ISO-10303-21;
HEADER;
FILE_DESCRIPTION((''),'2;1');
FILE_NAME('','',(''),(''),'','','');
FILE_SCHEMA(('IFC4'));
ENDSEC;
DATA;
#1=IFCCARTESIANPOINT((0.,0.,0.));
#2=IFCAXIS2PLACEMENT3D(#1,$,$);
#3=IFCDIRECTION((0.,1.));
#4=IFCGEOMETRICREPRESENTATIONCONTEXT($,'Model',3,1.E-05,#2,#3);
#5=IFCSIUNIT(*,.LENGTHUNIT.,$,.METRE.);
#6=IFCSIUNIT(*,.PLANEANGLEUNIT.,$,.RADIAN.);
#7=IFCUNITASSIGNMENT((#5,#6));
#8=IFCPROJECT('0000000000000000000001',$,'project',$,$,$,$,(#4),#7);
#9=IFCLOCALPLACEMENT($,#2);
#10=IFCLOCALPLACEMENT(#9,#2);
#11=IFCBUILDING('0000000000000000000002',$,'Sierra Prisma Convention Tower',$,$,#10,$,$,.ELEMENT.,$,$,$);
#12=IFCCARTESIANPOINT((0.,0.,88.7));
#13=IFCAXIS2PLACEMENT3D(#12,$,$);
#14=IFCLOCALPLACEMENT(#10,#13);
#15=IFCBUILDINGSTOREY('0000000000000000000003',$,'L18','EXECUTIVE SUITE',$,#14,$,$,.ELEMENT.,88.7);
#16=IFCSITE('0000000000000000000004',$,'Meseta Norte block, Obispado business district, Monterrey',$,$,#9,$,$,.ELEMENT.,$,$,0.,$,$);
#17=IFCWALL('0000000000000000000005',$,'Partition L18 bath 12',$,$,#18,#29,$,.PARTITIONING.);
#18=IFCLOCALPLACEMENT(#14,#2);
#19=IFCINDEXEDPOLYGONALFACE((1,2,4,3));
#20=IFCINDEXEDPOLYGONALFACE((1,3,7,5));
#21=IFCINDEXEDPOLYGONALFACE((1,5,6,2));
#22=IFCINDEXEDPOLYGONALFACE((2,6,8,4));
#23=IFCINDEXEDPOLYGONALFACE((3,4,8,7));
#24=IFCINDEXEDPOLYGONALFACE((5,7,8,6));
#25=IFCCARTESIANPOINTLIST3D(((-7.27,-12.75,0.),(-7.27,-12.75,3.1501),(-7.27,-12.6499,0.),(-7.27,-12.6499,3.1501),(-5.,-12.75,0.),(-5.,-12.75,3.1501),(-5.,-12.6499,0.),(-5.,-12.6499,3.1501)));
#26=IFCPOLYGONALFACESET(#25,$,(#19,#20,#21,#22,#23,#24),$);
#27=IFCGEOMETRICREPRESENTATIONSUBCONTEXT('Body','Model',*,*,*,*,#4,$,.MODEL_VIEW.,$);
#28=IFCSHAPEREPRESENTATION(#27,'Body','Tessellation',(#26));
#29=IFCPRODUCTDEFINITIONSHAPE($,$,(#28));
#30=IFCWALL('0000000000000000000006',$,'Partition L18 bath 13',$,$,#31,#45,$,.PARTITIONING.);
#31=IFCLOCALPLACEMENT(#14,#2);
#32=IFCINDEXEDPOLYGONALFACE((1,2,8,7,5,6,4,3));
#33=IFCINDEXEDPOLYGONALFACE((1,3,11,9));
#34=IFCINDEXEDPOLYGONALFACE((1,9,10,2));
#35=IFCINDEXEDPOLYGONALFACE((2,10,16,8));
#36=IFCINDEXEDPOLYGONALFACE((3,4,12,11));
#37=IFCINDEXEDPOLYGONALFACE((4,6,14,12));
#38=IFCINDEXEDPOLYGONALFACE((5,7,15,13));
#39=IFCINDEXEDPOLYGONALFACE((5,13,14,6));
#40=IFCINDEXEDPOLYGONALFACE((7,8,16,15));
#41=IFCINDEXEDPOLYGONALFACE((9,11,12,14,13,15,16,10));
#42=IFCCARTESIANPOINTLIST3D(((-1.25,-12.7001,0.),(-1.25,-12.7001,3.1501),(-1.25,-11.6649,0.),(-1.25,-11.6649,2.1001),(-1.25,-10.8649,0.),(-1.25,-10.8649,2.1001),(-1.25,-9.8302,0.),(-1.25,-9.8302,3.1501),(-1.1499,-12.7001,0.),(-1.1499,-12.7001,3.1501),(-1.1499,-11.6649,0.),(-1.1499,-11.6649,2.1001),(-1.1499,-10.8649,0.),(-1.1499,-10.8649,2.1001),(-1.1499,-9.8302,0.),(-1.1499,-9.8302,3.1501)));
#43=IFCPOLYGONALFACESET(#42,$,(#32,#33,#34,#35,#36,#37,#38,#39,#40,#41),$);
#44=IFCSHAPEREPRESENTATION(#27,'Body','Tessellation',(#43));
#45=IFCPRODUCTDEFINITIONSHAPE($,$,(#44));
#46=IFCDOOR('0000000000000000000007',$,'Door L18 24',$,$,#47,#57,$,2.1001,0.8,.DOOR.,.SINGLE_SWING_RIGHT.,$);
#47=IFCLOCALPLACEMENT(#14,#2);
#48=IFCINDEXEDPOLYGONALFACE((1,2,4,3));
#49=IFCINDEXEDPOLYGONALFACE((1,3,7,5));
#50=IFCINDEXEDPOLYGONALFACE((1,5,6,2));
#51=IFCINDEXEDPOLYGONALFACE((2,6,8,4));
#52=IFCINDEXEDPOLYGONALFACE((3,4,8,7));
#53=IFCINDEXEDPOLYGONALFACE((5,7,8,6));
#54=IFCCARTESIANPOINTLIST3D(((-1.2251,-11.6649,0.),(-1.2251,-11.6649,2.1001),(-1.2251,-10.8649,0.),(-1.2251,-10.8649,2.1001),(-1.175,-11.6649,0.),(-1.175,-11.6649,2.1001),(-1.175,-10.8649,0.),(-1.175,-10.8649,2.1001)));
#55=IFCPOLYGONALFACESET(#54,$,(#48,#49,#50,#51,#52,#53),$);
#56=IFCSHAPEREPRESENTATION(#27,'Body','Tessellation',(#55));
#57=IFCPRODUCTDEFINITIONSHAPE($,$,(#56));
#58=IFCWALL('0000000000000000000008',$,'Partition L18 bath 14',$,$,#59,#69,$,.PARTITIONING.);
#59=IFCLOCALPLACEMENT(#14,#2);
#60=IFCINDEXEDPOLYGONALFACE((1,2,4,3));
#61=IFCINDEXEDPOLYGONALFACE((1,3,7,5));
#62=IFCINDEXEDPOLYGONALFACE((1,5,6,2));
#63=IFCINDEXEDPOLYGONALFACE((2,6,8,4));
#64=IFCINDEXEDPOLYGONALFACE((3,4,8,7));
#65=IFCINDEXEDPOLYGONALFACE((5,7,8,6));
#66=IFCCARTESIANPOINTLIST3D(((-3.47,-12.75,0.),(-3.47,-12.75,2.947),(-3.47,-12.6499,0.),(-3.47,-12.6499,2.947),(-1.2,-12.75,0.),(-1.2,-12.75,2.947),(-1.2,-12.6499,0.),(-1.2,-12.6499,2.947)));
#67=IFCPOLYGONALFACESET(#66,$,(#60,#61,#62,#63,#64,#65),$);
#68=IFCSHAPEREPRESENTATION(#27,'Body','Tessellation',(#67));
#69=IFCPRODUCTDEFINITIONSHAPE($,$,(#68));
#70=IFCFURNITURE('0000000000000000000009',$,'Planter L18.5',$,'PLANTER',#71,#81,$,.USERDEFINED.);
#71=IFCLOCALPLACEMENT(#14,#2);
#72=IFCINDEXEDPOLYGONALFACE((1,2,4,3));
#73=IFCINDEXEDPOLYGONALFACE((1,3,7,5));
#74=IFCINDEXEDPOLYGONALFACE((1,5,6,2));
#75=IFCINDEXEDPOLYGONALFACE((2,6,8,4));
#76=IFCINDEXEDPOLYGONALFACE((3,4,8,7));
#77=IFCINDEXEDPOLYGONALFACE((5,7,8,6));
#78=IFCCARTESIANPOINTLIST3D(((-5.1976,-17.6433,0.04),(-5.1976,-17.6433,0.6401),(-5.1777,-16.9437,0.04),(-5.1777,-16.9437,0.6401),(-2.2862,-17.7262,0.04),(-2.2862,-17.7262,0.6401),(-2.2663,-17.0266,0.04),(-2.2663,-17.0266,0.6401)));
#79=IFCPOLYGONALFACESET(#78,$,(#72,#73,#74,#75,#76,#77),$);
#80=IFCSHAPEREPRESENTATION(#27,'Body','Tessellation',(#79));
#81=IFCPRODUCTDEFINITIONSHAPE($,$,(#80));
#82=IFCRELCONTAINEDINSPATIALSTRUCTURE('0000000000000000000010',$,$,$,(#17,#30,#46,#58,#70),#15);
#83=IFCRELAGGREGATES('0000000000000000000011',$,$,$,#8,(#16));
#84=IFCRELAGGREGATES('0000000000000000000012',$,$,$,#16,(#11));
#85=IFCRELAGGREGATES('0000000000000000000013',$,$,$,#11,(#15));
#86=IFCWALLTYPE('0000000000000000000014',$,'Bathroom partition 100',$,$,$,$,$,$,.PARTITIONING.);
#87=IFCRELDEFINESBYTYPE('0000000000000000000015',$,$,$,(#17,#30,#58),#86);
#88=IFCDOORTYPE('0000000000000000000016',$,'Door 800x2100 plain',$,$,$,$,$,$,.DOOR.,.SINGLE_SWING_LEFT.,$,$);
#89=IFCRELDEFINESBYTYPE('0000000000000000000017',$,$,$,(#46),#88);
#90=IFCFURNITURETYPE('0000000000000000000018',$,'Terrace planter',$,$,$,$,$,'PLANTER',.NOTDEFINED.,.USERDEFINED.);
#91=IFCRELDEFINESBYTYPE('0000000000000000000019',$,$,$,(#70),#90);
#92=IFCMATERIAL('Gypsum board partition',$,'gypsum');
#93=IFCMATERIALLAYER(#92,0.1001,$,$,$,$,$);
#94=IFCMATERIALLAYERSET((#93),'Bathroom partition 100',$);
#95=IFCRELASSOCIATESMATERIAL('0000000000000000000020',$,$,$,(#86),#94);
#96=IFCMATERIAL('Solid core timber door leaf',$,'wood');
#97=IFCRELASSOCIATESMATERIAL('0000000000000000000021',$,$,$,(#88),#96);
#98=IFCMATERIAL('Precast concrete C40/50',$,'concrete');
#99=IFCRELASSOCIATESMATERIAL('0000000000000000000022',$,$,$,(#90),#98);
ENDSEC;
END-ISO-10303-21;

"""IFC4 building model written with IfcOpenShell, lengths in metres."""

from ifc_helpers import new_model, si_unit, direction, frame, frame_2d, origin, origin_2d, place, context, subcontext, project, spatial, rectangle, extrude, material, layer, layer_set, type_object, element, fill, save


model = new_model("IFC4")

# Units and contexts
model_context = context("Model", 3, precision=1e-05, world=origin(), true_north=direction((0.0, 1.0)))
body_context = subcontext(model_context, "Body", "Model", "MODEL_VIEW")
ifc_project = project(units=[si_unit("LENGTHUNIT", "METRE"), si_unit("PLANEANGLEUNIT", "RADIAN")], contexts=[model_context])

# Site, building, storey
site_placement = place(None, origin())
site = spatial("IfcSite", under=ifc_project, at=site_placement, Name="Meseta Norte block, Obispado business district, Monterrey", CompositionType="ELEMENT", RefElevation=0.0)
building_placement = place(site_placement, origin())
building = spatial("IfcBuilding", under=site, at=building_placement, Name="Sierra Prisma Convention Tower", CompositionType="ELEMENT")
storey_placement = place(building_placement, frame((0.0, 0.0, 88.7)))
storey = spatial("IfcBuildingStorey", under=building, at=storey_placement, Name="L18", Description="EXECUTIVE SUITE", CompositionType="ELEMENT", Elevation=88.7)

# Shared definitions
ifc_material_1 = material(Name="Gypsum board partition", Category="gypsum")
ifc_layer_1 = layer(ifc_material_1, 0.1001)
ifc_layer_set_1 = layer_set([ifc_layer_1], Name="Bathroom partition 100")
wall_type_1 = type_object("IfcWallType", Name="Bathroom partition 100", PredefinedType="PARTITIONING", material=ifc_layer_set_1)
ifc_material_2 = material(Name="Solid core timber door leaf", Category="wood")
door_type_1 = type_object("IfcDoorType", Name="Door 800x2100 plain", OperationType="SINGLE_SWING_LEFT", PredefinedType="DOOR", material=ifc_material_2)

# Wall
wall_1_placement = place(storey_placement, frame((-5.0, -12.7, 0.0), z_axis=(0.0, 0.0, 1.0), x_axis=(-1.0, 0.0, 0.0)))
element("IfcWall", 1, at=wall_1_placement, inside=storey, type_object=wall_type_1, Name="Partition L18 bath 12", PredefinedType="PARTITIONING", context=body_context, shape_type="SweptSolid", body=[
    extrude(rectangle(XDim=2.27, YDim=0.1001, at=frame_2d((1.135, 0.0))), origin(), (0.0, 0.0, 1.0), 3.1501),
])

# Wall, opening, door
wall_2_placement = place(storey_placement, frame((-1.2, -9.8301, 0.0), z_axis=(0.0, 0.0, 1.0), x_axis=(0.0, -1.0, 0.0)))
wall_2 = element("IfcWall", 2, at=wall_2_placement, inside=storey, type_object=wall_type_1, Name="Partition L18 bath 13", PredefinedType="PARTITIONING", context=body_context, shape_type="SweptSolid", body=[
    extrude(rectangle(XDim=2.8699, YDim=0.1001, at=frame_2d((1.4351, 0.0))), origin(), (0.0, 0.0, 1.0), 3.1501),
])
opening_1_placement = place(wall_2_placement, frame((1.0349, 0.0, 0.0)))
opening_1 = element("IfcOpeningElement", 3, at=opening_1_placement, cuts=wall_2, PredefinedType="OPENING", context=body_context, shape_type="SweptSolid", body=[
    extrude(rectangle(XDim=0.8, YDim=2.1001, at=frame_2d((0.3999, 1.05))), frame((0.0, 0.05, 0.0), z_axis=(0.0, -1.0, 0.0), x_axis=(1.0, 0.0, 0.0)), (0.0, 0.0, 1.0), 0.1001),
])
door_1_placement = place(opening_1_placement, origin())
door_1 = element("IfcDoor", 4, at=door_1_placement, inside=storey, type_object=door_type_1, Name="Door L18 24", OperationType="SINGLE_SWING_RIGHT", OverallHeight=2.1001, OverallWidth=0.8, PredefinedType="DOOR", context=body_context, shape_type="SweptSolid", body=[
    extrude(rectangle(XDim=0.8, YDim=2.1001, at=frame_2d((0.3999, 1.05))), frame((0.0, 0.0249, 0.0), z_axis=(0.0, -1.0, 0.0), x_axis=(1.0, 0.0, 0.0)), (0.0, 0.0, 1.0), 0.05),
])
fill(opening_1, door_1)

# Wall
wall_3_placement = place(storey_placement, frame((-1.2, -12.7, 0.0), z_axis=(0.0, 0.0, 1.0), x_axis=(-1.0, 0.0, 0.0)))
element("IfcWall", 5, at=wall_3_placement, inside=storey, type_object=wall_type_1, Name="Partition L18 bath 14", PredefinedType="PARTITIONING", context=body_context, shape_type="SweptSolid", body=[
    extrude(rectangle(XDim=2.27, YDim=0.1001, at=frame_2d((1.135, 0.0))), origin(), (0.0, 0.0, 1.0), 2.947),
])

# Furniture
ifc_material_3 = material(Name="Precast concrete C40/50", Category="concrete")
furniture_type = type_object("IfcFurnitureType", Name="Terrace planter", ElementType="PLANTER", AssemblyPlace="NOTDEFINED", PredefinedType="USERDEFINED", material=ifc_material_3)
furniture_placement = place(storey_placement, frame((-3.7319, -17.335, 0.04), z_axis=(0.0, 0.0, 1.0), x_axis=(0.999595, -0.028461, 0.0)))
element("IfcFurniture", 6, at=furniture_placement, inside=storey, type_object=furniture_type, Name="Planter L18.5", ObjectType="PLANTER", PredefinedType="USERDEFINED", context=body_context, shape_type="SweptSolid", body=[
    extrude(rectangle(XDim=2.9126, YDim=0.7, at=origin_2d()), origin(), (0.0, 0.0, 1.0), 0.6001),
])

save(model, "model.ifc")
